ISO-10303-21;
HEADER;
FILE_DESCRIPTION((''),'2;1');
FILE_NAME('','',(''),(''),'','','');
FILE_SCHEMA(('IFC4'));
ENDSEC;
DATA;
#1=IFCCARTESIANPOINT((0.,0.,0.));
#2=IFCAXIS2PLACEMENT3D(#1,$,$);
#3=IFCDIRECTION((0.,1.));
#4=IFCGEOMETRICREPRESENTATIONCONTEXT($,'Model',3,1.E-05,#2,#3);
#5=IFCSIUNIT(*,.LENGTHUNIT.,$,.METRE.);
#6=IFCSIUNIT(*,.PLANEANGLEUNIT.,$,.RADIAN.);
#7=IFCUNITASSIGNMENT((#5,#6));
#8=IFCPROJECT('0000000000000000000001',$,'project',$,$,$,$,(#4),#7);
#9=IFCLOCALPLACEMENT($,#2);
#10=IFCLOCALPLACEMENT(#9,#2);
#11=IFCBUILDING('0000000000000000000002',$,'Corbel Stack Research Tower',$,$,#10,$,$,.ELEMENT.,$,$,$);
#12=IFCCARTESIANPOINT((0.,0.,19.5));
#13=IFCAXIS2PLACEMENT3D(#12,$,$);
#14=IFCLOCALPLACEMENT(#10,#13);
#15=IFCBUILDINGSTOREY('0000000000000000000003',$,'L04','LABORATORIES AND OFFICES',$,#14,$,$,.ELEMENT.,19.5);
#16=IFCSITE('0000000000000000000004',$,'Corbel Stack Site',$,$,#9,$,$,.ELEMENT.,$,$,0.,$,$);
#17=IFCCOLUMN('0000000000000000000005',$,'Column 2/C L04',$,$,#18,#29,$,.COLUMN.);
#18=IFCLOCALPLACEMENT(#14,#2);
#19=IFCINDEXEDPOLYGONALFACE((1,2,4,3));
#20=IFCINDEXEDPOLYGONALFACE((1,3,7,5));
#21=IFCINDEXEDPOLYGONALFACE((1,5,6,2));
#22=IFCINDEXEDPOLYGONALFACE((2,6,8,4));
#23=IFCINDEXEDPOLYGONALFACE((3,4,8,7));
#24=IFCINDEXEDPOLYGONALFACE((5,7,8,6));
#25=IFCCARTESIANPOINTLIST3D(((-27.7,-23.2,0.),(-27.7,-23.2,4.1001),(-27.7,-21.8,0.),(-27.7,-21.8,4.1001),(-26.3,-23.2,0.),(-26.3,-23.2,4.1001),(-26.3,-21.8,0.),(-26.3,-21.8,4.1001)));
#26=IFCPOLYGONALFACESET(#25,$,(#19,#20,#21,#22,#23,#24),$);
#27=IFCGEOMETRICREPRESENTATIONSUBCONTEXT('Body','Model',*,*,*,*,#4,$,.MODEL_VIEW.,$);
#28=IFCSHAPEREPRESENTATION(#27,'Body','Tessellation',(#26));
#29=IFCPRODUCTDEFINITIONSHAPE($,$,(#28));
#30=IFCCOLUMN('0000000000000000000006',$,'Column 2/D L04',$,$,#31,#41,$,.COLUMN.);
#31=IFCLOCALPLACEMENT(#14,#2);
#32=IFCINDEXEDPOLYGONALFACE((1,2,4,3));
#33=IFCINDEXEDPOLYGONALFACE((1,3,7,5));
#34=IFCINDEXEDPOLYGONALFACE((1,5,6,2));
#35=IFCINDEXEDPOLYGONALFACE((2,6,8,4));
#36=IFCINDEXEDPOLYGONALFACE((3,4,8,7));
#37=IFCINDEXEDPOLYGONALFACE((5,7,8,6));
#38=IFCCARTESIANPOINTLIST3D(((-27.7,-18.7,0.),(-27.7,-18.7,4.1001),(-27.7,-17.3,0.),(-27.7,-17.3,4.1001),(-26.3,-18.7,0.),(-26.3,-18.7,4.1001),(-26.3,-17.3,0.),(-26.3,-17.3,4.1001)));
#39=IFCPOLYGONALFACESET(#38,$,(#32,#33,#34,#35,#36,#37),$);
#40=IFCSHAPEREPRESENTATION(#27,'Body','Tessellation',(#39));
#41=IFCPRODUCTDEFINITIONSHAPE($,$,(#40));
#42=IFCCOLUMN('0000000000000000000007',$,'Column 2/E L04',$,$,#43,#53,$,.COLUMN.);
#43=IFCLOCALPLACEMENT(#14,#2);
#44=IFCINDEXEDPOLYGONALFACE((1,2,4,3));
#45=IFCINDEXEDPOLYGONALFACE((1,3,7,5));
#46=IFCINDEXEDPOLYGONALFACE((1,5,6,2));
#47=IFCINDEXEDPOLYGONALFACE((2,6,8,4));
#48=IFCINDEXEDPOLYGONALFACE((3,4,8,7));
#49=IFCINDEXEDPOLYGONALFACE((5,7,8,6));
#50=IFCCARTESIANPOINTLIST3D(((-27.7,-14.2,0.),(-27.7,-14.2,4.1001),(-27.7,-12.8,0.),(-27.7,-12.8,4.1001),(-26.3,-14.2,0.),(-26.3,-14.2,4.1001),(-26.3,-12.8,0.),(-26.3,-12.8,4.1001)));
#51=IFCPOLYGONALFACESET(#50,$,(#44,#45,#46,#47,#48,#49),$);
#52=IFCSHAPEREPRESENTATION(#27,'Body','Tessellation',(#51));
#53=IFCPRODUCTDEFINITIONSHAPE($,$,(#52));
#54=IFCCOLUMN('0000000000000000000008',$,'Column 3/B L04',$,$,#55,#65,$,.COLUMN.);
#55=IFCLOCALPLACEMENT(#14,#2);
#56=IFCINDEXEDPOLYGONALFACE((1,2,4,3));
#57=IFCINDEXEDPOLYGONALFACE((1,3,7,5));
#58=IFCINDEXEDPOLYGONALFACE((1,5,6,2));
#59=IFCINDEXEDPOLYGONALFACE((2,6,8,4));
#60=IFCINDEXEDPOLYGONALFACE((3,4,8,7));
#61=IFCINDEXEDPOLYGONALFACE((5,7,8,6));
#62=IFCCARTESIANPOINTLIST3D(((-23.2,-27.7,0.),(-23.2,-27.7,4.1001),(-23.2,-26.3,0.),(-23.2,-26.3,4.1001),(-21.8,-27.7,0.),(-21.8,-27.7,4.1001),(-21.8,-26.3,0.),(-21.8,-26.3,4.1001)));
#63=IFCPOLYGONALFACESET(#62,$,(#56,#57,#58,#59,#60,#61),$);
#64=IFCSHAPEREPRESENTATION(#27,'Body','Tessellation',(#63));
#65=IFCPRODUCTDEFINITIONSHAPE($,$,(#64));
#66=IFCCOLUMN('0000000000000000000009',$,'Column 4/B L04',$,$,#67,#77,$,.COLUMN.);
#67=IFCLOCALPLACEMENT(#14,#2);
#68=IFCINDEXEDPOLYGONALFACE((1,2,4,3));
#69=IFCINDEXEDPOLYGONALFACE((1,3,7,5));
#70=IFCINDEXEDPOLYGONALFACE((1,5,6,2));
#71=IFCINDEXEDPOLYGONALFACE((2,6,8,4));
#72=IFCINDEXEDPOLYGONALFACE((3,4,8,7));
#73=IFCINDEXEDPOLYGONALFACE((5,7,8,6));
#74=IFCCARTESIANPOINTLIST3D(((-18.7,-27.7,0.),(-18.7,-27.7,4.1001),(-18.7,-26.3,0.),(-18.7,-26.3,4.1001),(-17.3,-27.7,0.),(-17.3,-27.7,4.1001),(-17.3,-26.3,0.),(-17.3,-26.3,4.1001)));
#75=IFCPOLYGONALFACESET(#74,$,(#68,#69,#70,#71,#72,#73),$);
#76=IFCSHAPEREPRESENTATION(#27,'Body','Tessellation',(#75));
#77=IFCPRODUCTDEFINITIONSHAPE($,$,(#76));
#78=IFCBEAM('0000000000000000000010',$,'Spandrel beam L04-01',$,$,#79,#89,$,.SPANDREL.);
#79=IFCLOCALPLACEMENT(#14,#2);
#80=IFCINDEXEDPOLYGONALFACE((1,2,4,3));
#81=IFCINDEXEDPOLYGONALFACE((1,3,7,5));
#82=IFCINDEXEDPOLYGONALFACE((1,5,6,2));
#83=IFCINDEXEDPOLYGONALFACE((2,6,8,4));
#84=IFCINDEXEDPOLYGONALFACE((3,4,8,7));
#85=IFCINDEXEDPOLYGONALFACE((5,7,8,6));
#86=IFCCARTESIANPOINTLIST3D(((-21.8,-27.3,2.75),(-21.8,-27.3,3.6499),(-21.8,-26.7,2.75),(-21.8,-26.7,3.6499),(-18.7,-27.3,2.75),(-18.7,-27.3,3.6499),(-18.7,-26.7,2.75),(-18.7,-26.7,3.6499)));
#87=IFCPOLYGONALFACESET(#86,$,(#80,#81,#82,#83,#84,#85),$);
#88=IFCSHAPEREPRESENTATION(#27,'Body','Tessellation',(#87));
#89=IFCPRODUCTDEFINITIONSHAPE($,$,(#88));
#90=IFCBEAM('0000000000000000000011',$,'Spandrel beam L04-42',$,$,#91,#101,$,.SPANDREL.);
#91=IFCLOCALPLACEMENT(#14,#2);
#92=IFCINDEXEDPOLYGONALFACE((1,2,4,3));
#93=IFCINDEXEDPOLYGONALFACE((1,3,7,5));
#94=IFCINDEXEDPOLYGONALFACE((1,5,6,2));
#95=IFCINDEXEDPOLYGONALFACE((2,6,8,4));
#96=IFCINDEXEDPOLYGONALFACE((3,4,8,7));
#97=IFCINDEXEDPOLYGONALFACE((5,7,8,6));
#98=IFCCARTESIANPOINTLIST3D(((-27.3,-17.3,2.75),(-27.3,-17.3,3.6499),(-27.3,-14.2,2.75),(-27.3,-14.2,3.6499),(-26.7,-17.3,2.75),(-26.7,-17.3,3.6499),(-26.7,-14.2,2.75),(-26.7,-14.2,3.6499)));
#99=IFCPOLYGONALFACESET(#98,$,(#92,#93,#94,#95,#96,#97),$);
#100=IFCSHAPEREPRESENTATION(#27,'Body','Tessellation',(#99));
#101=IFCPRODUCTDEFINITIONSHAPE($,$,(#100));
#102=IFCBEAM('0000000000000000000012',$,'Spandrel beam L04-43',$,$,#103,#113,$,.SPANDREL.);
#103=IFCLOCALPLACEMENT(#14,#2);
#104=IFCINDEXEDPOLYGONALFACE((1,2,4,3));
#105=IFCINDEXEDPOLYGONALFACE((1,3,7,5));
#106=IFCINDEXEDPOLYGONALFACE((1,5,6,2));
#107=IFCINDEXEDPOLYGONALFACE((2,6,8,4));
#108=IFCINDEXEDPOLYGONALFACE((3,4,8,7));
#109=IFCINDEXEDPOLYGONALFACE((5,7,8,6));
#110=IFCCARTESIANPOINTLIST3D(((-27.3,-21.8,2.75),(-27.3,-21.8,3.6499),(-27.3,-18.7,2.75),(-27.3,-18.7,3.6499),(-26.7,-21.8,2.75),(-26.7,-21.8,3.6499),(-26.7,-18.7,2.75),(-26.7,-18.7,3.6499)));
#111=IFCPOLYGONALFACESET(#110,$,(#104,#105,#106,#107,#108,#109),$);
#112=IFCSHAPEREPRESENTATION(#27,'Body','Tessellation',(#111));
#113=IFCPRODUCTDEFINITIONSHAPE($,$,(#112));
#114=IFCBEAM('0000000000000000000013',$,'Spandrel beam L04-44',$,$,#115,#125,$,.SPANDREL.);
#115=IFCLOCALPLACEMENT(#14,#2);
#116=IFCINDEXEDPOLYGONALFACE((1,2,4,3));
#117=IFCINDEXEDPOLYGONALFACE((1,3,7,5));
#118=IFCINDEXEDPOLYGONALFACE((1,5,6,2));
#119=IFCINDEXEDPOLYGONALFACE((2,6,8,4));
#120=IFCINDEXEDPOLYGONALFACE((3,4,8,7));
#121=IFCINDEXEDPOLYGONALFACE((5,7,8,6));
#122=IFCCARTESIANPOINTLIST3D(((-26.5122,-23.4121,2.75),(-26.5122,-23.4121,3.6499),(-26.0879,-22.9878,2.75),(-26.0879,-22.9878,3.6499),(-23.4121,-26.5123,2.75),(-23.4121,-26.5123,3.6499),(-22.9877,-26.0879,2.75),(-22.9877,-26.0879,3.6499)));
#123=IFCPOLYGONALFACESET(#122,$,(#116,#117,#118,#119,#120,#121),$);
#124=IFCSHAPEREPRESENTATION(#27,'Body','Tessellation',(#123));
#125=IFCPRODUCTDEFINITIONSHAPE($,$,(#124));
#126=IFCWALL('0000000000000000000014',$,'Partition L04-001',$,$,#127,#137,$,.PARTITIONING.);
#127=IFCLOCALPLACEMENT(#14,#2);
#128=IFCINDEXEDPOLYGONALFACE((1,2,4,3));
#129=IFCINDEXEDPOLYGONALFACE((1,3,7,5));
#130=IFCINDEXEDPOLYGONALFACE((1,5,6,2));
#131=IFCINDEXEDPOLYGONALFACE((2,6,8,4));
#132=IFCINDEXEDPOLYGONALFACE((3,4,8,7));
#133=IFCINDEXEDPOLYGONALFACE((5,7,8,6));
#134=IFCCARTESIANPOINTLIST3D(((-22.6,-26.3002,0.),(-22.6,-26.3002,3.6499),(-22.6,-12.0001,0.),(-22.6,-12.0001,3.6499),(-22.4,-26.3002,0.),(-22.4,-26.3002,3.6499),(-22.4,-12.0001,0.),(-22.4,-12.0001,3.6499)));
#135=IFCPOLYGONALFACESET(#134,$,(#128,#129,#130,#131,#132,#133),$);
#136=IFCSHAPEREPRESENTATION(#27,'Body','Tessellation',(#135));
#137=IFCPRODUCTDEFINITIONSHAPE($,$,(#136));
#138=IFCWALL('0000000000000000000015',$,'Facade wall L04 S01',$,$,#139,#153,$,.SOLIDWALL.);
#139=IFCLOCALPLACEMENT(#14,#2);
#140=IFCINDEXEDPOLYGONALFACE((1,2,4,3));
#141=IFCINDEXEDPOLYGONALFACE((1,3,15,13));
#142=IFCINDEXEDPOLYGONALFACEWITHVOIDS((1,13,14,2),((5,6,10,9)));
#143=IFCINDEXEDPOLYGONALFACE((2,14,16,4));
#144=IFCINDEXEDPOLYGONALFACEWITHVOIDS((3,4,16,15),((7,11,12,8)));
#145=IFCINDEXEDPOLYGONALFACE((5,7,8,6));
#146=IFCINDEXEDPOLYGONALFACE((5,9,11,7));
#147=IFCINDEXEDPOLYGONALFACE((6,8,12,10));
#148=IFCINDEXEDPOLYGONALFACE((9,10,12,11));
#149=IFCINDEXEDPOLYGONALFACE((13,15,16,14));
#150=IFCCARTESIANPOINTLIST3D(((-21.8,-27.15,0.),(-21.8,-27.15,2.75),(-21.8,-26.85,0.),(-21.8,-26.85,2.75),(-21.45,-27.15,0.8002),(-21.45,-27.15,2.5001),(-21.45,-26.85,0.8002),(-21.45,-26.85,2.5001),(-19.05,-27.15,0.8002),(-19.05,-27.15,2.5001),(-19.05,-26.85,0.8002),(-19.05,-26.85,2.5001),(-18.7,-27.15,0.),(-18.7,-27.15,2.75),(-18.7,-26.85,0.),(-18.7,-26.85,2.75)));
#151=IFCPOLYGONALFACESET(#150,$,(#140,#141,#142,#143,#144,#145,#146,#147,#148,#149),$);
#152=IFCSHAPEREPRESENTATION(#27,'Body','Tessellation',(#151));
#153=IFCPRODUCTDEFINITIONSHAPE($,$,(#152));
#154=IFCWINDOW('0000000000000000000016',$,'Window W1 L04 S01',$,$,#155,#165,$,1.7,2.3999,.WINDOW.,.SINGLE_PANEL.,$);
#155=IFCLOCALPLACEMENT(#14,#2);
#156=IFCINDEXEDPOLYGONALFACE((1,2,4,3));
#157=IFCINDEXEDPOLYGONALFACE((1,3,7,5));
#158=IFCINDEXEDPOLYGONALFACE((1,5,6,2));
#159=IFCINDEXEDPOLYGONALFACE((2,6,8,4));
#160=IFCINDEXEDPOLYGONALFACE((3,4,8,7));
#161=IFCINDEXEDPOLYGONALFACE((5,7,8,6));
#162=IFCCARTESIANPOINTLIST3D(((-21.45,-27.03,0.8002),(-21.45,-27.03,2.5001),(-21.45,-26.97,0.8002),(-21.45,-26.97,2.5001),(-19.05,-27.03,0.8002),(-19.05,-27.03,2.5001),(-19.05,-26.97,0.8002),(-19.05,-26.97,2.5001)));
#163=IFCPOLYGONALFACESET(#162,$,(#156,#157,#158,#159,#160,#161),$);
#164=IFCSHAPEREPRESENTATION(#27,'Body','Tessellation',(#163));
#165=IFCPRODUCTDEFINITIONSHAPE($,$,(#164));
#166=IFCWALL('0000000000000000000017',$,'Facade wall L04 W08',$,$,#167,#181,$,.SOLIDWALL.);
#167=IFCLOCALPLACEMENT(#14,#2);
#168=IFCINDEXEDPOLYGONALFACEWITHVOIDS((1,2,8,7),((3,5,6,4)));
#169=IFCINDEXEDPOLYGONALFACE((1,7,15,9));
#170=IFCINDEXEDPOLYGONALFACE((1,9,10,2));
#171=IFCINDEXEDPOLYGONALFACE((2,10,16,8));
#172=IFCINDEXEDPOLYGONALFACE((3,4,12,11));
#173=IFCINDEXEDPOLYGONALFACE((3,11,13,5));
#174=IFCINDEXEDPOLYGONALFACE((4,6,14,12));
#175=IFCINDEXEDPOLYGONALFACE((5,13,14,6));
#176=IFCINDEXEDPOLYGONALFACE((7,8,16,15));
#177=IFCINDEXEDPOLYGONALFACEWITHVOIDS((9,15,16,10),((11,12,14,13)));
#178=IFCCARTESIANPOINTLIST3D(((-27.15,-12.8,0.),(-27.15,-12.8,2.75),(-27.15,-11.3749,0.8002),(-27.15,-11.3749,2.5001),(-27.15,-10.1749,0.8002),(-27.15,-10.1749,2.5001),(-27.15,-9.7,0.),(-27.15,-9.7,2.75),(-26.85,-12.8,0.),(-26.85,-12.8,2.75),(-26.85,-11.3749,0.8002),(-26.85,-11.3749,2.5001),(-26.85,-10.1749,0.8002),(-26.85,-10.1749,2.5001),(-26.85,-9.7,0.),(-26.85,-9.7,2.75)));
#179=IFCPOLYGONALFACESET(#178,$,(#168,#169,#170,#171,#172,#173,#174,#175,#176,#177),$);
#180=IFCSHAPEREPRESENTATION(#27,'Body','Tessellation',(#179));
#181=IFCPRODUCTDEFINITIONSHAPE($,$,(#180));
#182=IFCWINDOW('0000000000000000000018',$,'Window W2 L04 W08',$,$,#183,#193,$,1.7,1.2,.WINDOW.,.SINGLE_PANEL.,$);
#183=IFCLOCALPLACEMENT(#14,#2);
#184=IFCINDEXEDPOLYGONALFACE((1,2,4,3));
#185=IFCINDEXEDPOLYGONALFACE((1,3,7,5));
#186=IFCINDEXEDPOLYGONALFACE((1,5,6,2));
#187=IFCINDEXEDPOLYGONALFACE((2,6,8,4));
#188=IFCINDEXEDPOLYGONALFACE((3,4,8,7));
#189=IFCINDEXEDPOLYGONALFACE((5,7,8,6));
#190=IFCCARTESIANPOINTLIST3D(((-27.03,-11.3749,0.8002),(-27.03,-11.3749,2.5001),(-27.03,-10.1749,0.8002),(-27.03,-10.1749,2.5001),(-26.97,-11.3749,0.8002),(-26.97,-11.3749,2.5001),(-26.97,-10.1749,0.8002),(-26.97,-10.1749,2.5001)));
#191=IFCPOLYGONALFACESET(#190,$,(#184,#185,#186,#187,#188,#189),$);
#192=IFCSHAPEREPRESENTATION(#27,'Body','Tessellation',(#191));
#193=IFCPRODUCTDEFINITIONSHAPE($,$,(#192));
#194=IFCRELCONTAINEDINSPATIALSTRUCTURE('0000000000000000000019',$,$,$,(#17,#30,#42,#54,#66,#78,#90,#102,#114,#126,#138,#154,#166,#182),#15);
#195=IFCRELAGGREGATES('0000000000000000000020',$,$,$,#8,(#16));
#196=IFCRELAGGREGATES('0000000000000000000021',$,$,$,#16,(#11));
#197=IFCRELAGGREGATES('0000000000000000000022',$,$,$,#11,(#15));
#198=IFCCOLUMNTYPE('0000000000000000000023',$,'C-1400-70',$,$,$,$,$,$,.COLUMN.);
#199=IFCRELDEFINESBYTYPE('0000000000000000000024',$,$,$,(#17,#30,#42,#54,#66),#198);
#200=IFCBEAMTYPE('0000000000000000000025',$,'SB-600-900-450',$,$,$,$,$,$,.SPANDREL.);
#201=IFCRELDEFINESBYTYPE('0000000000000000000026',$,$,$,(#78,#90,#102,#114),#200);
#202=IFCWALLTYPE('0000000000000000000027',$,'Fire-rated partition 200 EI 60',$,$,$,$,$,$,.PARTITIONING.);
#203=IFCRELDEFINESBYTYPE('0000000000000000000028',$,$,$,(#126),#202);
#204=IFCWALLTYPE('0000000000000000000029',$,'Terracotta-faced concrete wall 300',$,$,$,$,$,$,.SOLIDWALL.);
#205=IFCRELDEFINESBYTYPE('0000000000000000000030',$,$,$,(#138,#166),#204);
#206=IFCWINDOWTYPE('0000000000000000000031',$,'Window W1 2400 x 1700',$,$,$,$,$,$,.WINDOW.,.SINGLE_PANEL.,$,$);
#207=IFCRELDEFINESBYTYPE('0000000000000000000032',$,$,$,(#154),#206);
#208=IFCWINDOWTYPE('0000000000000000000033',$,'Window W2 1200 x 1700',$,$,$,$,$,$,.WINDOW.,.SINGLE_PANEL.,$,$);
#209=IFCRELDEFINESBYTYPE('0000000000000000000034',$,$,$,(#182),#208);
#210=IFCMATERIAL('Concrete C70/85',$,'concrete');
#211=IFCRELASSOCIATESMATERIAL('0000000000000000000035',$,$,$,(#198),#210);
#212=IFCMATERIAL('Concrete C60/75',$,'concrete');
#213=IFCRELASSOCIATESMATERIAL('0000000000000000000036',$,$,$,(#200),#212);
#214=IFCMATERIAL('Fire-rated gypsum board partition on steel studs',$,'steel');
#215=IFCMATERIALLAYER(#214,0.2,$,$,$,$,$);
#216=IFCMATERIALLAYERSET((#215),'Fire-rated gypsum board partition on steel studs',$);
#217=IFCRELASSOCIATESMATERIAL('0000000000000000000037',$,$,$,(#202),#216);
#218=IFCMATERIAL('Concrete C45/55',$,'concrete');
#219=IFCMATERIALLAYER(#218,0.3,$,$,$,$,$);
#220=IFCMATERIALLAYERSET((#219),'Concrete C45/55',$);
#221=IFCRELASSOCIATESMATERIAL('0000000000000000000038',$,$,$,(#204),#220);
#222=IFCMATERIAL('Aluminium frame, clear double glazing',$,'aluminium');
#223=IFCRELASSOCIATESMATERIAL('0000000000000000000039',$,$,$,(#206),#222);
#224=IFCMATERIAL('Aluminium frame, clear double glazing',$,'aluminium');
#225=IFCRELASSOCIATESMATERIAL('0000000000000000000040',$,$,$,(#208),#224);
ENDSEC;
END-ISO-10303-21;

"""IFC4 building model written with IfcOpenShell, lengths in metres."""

from ifc_helpers import new_model, si_unit, direction, frame, frame_2d, origin, origin_2d, place, context, subcontext, project, spatial, rectangle, extrude, material, layer, layer_set, material_profile, profile_set, type_object, element, fill, save


model = new_model("IFC4")

# Units and contexts
model_context = context("Model", 3, precision=1e-05, world=origin(), true_north=direction((0.0, 1.0)))
body_context = subcontext(model_context, "Body", "Model", "MODEL_VIEW")
ifc_project = project(units=[si_unit("LENGTHUNIT", "METRE"), si_unit("PLANEANGLEUNIT", "RADIAN")], contexts=[model_context])

# Site, building, storey
site_placement = place(None, origin())
site = spatial("IfcSite", under=ifc_project, at=site_placement, Name="Corbel Stack Site", CompositionType="ELEMENT", RefElevation=0.0)
building_placement = place(site_placement, origin())
building = spatial("IfcBuilding", under=site, at=building_placement, Name="Corbel Stack Research Tower", CompositionType="ELEMENT")
storey_placement = place(building_placement, frame((0.0, 0.0, 19.5)))
storey = spatial("IfcBuildingStorey", under=building, at=storey_placement, Name="L04", Description="LABORATORIES AND OFFICES", CompositionType="ELEMENT", Elevation=19.5)

# Columns
ifc_material_1 = material(Name="Concrete C70/85", Category="concrete")
ifc_material_profile_1 = material_profile(ifc_material_1, rectangle(XDim=1.3999, YDim=1.3999, at=origin_2d()), Name="RC 1400 x 1400")
ifc_profile_set_1 = profile_set([ifc_material_profile_1], Name="Concrete C70/85")
column_type = type_object("IfcColumnType", Name="C-1400-70", PredefinedType="COLUMN", material=ifc_profile_set_1)
for number, where, z_axis, x_axis, name in (
    (1, (-27.0, -22.5, 0.0), (0.0, 0.0, 1.0), (1.0, 0.0, 0.0), "Column 2/C L04"),
    (2, (-27.0, -18.0, 0.0), (0.0, 0.0, 1.0), (1.0, 0.0, 0.0), "Column 2/D L04"),
    (3, (-27.0, -13.5, 0.0), (0.0, 0.0, 1.0), (1.0, 0.0, 0.0), "Column 2/E L04"),
    (4, (-22.5, -27.0, 0.0), (0.0, 0.0, 1.0), (1.0, 0.0, 0.0), "Column 3/B L04"),
    (5, (-18.0, -27.0, 0.0), (0.0, 0.0, 1.0), (1.0, 0.0, 0.0), "Column 4/B L04"),
):
    element("IfcColumn", number, at=place(storey_placement, frame(where, z_axis=z_axis, x_axis=x_axis)), inside=storey, type_object=column_type, Name=name, PredefinedType="COLUMN", context=body_context, shape_type="SweptSolid", body=[
        extrude(rectangle(XDim=1.3999, YDim=1.3999, at=origin_2d()), origin(), (0.0, 0.0, 1.0), 4.1001),
    ])

# Beams
ifc_material_2 = material(Name="Concrete C60/75", Category="concrete")
ifc_material_profile_2 = material_profile(ifc_material_2, rectangle(XDim=0.6001, YDim=0.8999, at=origin_2d()), Name="RC 600 x 900")
ifc_profile_set_2 = profile_set([ifc_material_profile_2], Name="Concrete C60/75")
beam_type = type_object("IfcBeamType", Name="SB-600-900-450", PredefinedType="SPANDREL", material=ifc_profile_set_2)
for number, where, z_axis, x_axis, name in (
    (6, (-21.8, -27.0, 3.2), (1.0, 0.0, 0.0), (0.0, 1.0, 0.0), "Spandrel beam L04-01"),
    (7, (-27.0, -14.2, 3.2), (0.0, -1.0, 0.0), (1.0, 0.0, 0.0), "Spandrel beam L04-42"),
    (8, (-27.0, -18.7, 3.2), (0.0, -1.0, 0.0), (1.0, 0.0, 0.0), "Spandrel beam L04-43"),
):
    element("IfcBeam", number, at=place(storey_placement, frame(where, z_axis=z_axis, x_axis=x_axis)), inside=storey, type_object=beam_type, Name=name, PredefinedType="SPANDREL", context=body_context, shape_type="SweptSolid", body=[
        extrude(rectangle(XDim=0.6001, YDim=0.8999, at=origin_2d()), origin(), (0.0, 0.0, 1.0), 3.1001),
    ])
beam_placement = place(storey_placement, frame((-26.3, -23.2, 3.2), z_axis=(0.707107, -0.707107, 0.0), x_axis=(0.707107, 0.707107, 0.0)))
element("IfcBeam", 9, at=beam_placement, inside=storey, type_object=beam_type, Name="Spandrel beam L04-44", PredefinedType="SPANDREL", context=body_context, shape_type="SweptSolid", body=[
    extrude(rectangle(XDim=0.6001, YDim=0.8999, at=origin_2d()), origin(), (0.0, 0.0, 1.0), 4.3843),
])

# Wall
ifc_material_3 = material(Name="Fire-rated gypsum board partition on steel studs", Category="steel")
ifc_layer_1 = layer(ifc_material_3, 0.2)
ifc_layer_set_1 = layer_set([ifc_layer_1], Name="Fire-rated gypsum board partition on steel studs")
wall_type_1 = type_object("IfcWallType", Name="Fire-rated partition 200 EI 60", PredefinedType="PARTITIONING", material=ifc_layer_set_1)
wall_1_placement = place(storey_placement, frame((-22.5, -26.3, 0.0), z_axis=(0.0, 0.0, 1.0), x_axis=(0.0, 1.0, 0.0)))
element("IfcWall", 10, at=wall_1_placement, inside=storey, type_object=wall_type_1, Name="Partition L04-001", PredefinedType="PARTITIONING", context=body_context, shape_type="SweptSolid", body=[
    extrude(rectangle(XDim=14.3, YDim=0.2, at=frame_2d((7.1499, 0.0))), origin(), (0.0, 0.0, 1.0), 3.6499),
])

# Walls, openings, windows
ifc_material_4 = material(Name="Concrete C45/55", Category="concrete")
ifc_layer_2 = layer(ifc_material_4, 0.3)
ifc_layer_set_2 = layer_set([ifc_layer_2], Name="Concrete C45/55")
wall_type_2 = type_object("IfcWallType", Name="Terracotta-faced concrete wall 300", PredefinedType="SOLIDWALL", material=ifc_layer_set_2)
wall_2_placement = place(storey_placement, frame((-18.7, -27.0, 0.0), z_axis=(0.0, 0.0, 1.0), x_axis=(-1.0, 0.0, 0.0)))
wall_2 = element("IfcWall", 11, at=wall_2_placement, inside=storey, type_object=wall_type_2, Name="Facade wall L04 S01", PredefinedType="SOLIDWALL", context=body_context, shape_type="SweptSolid", body=[
    extrude(rectangle(XDim=3.1001, YDim=0.3, at=frame_2d((1.55, 0.0))), origin(), (0.0, 0.0, 1.0), 2.75),
])
opening_1_placement = place(wall_2_placement, frame((0.3501, 0.0, 0.8)))
opening_1 = element("IfcOpeningElement", 12, at=opening_1_placement, cuts=wall_2, PredefinedType="OPENING", context=body_context, shape_type="SweptSolid", body=[
    extrude(rectangle(XDim=2.3999, YDim=1.7, at=frame_2d((1.2, 0.8501))), frame((0.0, 0.1599, 0.0), z_axis=(0.0, -1.0, 0.0), x_axis=(1.0, 0.0, 0.0)), (0.0, 0.0, 1.0), 0.3201),
])
ifc_material_5 = material(Name="Aluminium frame, clear double glazing", Category="aluminium")
window_type_1 = type_object("IfcWindowType", Name="Window W1 2400 x 1700", PartitioningType="SINGLE_PANEL", PredefinedType="WINDOW", material=ifc_material_5)
window_1_placement = place(opening_1_placement, origin())
window_1 = element("IfcWindow", 13, at=window_1_placement, inside=storey, type_object=window_type_1, Name="Window W1 L04 S01", OverallHeight=1.7, OverallWidth=2.3999, PartitioningType="SINGLE_PANEL", PredefinedType="WINDOW", context=body_context, shape_type="SweptSolid", body=[
    extrude(rectangle(XDim=2.3999, YDim=1.7, at=frame_2d((1.2, 0.8501))), frame((0.0, 0.03, 0.0), z_axis=(0.0, -1.0, 0.0), x_axis=(1.0, 0.0, 0.0)), (0.0, 0.0, 1.0), 0.0601),
])
fill(opening_1, window_1)
wall_3_placement = place(storey_placement, frame((-27.0, -12.8, 0.0), z_axis=(0.0, 0.0, 1.0), x_axis=(0.0, 1.0, 0.0)))
wall_3 = element("IfcWall", 14, at=wall_3_placement, inside=storey, type_object=wall_type_2, Name="Facade wall L04 W08", PredefinedType="SOLIDWALL", context=body_context, shape_type="SweptSolid", body=[
    extrude(rectangle(XDim=3.1001, YDim=0.3, at=frame_2d((1.55, 0.0))), origin(), (0.0, 0.0, 1.0), 2.75),
])
opening_2_placement = place(wall_3_placement, frame((1.425, 0.0, 0.8)))
opening_2 = element("IfcOpeningElement", 15, at=opening_2_placement, cuts=wall_3, PredefinedType="OPENING", context=body_context, shape_type="SweptSolid", body=[
    extrude(rectangle(XDim=1.2, YDim=1.7, at=frame_2d((0.6001, 0.8501))), frame((0.0, 0.1599, 0.0), z_axis=(0.0, -1.0, 0.0), x_axis=(1.0, 0.0, 0.0)), (0.0, 0.0, 1.0), 0.3201),
])
ifc_material_6 = material(Name="Aluminium frame, clear double glazing", Category="aluminium")
window_type_2 = type_object("IfcWindowType", Name="Window W2 1200 x 1700", PartitioningType="SINGLE_PANEL", PredefinedType="WINDOW", material=ifc_material_6)
window_2_placement = place(opening_2_placement, origin())
window_2 = element("IfcWindow", 16, at=window_2_placement, inside=storey, type_object=window_type_2, Name="Window W2 L04 W08", OverallHeight=1.7, OverallWidth=1.2, PartitioningType="SINGLE_PANEL", PredefinedType="WINDOW", context=body_context, shape_type="SweptSolid", body=[
    extrude(rectangle(XDim=1.2, YDim=1.7, at=frame_2d((0.6001, 0.8501))), frame((0.0, 0.03, 0.0), z_axis=(0.0, -1.0, 0.0), x_axis=(1.0, 0.0, 0.0)), (0.0, 0.0, 1.0), 0.0601),
])
fill(opening_2, window_2)

save(model, "model.ifc")
